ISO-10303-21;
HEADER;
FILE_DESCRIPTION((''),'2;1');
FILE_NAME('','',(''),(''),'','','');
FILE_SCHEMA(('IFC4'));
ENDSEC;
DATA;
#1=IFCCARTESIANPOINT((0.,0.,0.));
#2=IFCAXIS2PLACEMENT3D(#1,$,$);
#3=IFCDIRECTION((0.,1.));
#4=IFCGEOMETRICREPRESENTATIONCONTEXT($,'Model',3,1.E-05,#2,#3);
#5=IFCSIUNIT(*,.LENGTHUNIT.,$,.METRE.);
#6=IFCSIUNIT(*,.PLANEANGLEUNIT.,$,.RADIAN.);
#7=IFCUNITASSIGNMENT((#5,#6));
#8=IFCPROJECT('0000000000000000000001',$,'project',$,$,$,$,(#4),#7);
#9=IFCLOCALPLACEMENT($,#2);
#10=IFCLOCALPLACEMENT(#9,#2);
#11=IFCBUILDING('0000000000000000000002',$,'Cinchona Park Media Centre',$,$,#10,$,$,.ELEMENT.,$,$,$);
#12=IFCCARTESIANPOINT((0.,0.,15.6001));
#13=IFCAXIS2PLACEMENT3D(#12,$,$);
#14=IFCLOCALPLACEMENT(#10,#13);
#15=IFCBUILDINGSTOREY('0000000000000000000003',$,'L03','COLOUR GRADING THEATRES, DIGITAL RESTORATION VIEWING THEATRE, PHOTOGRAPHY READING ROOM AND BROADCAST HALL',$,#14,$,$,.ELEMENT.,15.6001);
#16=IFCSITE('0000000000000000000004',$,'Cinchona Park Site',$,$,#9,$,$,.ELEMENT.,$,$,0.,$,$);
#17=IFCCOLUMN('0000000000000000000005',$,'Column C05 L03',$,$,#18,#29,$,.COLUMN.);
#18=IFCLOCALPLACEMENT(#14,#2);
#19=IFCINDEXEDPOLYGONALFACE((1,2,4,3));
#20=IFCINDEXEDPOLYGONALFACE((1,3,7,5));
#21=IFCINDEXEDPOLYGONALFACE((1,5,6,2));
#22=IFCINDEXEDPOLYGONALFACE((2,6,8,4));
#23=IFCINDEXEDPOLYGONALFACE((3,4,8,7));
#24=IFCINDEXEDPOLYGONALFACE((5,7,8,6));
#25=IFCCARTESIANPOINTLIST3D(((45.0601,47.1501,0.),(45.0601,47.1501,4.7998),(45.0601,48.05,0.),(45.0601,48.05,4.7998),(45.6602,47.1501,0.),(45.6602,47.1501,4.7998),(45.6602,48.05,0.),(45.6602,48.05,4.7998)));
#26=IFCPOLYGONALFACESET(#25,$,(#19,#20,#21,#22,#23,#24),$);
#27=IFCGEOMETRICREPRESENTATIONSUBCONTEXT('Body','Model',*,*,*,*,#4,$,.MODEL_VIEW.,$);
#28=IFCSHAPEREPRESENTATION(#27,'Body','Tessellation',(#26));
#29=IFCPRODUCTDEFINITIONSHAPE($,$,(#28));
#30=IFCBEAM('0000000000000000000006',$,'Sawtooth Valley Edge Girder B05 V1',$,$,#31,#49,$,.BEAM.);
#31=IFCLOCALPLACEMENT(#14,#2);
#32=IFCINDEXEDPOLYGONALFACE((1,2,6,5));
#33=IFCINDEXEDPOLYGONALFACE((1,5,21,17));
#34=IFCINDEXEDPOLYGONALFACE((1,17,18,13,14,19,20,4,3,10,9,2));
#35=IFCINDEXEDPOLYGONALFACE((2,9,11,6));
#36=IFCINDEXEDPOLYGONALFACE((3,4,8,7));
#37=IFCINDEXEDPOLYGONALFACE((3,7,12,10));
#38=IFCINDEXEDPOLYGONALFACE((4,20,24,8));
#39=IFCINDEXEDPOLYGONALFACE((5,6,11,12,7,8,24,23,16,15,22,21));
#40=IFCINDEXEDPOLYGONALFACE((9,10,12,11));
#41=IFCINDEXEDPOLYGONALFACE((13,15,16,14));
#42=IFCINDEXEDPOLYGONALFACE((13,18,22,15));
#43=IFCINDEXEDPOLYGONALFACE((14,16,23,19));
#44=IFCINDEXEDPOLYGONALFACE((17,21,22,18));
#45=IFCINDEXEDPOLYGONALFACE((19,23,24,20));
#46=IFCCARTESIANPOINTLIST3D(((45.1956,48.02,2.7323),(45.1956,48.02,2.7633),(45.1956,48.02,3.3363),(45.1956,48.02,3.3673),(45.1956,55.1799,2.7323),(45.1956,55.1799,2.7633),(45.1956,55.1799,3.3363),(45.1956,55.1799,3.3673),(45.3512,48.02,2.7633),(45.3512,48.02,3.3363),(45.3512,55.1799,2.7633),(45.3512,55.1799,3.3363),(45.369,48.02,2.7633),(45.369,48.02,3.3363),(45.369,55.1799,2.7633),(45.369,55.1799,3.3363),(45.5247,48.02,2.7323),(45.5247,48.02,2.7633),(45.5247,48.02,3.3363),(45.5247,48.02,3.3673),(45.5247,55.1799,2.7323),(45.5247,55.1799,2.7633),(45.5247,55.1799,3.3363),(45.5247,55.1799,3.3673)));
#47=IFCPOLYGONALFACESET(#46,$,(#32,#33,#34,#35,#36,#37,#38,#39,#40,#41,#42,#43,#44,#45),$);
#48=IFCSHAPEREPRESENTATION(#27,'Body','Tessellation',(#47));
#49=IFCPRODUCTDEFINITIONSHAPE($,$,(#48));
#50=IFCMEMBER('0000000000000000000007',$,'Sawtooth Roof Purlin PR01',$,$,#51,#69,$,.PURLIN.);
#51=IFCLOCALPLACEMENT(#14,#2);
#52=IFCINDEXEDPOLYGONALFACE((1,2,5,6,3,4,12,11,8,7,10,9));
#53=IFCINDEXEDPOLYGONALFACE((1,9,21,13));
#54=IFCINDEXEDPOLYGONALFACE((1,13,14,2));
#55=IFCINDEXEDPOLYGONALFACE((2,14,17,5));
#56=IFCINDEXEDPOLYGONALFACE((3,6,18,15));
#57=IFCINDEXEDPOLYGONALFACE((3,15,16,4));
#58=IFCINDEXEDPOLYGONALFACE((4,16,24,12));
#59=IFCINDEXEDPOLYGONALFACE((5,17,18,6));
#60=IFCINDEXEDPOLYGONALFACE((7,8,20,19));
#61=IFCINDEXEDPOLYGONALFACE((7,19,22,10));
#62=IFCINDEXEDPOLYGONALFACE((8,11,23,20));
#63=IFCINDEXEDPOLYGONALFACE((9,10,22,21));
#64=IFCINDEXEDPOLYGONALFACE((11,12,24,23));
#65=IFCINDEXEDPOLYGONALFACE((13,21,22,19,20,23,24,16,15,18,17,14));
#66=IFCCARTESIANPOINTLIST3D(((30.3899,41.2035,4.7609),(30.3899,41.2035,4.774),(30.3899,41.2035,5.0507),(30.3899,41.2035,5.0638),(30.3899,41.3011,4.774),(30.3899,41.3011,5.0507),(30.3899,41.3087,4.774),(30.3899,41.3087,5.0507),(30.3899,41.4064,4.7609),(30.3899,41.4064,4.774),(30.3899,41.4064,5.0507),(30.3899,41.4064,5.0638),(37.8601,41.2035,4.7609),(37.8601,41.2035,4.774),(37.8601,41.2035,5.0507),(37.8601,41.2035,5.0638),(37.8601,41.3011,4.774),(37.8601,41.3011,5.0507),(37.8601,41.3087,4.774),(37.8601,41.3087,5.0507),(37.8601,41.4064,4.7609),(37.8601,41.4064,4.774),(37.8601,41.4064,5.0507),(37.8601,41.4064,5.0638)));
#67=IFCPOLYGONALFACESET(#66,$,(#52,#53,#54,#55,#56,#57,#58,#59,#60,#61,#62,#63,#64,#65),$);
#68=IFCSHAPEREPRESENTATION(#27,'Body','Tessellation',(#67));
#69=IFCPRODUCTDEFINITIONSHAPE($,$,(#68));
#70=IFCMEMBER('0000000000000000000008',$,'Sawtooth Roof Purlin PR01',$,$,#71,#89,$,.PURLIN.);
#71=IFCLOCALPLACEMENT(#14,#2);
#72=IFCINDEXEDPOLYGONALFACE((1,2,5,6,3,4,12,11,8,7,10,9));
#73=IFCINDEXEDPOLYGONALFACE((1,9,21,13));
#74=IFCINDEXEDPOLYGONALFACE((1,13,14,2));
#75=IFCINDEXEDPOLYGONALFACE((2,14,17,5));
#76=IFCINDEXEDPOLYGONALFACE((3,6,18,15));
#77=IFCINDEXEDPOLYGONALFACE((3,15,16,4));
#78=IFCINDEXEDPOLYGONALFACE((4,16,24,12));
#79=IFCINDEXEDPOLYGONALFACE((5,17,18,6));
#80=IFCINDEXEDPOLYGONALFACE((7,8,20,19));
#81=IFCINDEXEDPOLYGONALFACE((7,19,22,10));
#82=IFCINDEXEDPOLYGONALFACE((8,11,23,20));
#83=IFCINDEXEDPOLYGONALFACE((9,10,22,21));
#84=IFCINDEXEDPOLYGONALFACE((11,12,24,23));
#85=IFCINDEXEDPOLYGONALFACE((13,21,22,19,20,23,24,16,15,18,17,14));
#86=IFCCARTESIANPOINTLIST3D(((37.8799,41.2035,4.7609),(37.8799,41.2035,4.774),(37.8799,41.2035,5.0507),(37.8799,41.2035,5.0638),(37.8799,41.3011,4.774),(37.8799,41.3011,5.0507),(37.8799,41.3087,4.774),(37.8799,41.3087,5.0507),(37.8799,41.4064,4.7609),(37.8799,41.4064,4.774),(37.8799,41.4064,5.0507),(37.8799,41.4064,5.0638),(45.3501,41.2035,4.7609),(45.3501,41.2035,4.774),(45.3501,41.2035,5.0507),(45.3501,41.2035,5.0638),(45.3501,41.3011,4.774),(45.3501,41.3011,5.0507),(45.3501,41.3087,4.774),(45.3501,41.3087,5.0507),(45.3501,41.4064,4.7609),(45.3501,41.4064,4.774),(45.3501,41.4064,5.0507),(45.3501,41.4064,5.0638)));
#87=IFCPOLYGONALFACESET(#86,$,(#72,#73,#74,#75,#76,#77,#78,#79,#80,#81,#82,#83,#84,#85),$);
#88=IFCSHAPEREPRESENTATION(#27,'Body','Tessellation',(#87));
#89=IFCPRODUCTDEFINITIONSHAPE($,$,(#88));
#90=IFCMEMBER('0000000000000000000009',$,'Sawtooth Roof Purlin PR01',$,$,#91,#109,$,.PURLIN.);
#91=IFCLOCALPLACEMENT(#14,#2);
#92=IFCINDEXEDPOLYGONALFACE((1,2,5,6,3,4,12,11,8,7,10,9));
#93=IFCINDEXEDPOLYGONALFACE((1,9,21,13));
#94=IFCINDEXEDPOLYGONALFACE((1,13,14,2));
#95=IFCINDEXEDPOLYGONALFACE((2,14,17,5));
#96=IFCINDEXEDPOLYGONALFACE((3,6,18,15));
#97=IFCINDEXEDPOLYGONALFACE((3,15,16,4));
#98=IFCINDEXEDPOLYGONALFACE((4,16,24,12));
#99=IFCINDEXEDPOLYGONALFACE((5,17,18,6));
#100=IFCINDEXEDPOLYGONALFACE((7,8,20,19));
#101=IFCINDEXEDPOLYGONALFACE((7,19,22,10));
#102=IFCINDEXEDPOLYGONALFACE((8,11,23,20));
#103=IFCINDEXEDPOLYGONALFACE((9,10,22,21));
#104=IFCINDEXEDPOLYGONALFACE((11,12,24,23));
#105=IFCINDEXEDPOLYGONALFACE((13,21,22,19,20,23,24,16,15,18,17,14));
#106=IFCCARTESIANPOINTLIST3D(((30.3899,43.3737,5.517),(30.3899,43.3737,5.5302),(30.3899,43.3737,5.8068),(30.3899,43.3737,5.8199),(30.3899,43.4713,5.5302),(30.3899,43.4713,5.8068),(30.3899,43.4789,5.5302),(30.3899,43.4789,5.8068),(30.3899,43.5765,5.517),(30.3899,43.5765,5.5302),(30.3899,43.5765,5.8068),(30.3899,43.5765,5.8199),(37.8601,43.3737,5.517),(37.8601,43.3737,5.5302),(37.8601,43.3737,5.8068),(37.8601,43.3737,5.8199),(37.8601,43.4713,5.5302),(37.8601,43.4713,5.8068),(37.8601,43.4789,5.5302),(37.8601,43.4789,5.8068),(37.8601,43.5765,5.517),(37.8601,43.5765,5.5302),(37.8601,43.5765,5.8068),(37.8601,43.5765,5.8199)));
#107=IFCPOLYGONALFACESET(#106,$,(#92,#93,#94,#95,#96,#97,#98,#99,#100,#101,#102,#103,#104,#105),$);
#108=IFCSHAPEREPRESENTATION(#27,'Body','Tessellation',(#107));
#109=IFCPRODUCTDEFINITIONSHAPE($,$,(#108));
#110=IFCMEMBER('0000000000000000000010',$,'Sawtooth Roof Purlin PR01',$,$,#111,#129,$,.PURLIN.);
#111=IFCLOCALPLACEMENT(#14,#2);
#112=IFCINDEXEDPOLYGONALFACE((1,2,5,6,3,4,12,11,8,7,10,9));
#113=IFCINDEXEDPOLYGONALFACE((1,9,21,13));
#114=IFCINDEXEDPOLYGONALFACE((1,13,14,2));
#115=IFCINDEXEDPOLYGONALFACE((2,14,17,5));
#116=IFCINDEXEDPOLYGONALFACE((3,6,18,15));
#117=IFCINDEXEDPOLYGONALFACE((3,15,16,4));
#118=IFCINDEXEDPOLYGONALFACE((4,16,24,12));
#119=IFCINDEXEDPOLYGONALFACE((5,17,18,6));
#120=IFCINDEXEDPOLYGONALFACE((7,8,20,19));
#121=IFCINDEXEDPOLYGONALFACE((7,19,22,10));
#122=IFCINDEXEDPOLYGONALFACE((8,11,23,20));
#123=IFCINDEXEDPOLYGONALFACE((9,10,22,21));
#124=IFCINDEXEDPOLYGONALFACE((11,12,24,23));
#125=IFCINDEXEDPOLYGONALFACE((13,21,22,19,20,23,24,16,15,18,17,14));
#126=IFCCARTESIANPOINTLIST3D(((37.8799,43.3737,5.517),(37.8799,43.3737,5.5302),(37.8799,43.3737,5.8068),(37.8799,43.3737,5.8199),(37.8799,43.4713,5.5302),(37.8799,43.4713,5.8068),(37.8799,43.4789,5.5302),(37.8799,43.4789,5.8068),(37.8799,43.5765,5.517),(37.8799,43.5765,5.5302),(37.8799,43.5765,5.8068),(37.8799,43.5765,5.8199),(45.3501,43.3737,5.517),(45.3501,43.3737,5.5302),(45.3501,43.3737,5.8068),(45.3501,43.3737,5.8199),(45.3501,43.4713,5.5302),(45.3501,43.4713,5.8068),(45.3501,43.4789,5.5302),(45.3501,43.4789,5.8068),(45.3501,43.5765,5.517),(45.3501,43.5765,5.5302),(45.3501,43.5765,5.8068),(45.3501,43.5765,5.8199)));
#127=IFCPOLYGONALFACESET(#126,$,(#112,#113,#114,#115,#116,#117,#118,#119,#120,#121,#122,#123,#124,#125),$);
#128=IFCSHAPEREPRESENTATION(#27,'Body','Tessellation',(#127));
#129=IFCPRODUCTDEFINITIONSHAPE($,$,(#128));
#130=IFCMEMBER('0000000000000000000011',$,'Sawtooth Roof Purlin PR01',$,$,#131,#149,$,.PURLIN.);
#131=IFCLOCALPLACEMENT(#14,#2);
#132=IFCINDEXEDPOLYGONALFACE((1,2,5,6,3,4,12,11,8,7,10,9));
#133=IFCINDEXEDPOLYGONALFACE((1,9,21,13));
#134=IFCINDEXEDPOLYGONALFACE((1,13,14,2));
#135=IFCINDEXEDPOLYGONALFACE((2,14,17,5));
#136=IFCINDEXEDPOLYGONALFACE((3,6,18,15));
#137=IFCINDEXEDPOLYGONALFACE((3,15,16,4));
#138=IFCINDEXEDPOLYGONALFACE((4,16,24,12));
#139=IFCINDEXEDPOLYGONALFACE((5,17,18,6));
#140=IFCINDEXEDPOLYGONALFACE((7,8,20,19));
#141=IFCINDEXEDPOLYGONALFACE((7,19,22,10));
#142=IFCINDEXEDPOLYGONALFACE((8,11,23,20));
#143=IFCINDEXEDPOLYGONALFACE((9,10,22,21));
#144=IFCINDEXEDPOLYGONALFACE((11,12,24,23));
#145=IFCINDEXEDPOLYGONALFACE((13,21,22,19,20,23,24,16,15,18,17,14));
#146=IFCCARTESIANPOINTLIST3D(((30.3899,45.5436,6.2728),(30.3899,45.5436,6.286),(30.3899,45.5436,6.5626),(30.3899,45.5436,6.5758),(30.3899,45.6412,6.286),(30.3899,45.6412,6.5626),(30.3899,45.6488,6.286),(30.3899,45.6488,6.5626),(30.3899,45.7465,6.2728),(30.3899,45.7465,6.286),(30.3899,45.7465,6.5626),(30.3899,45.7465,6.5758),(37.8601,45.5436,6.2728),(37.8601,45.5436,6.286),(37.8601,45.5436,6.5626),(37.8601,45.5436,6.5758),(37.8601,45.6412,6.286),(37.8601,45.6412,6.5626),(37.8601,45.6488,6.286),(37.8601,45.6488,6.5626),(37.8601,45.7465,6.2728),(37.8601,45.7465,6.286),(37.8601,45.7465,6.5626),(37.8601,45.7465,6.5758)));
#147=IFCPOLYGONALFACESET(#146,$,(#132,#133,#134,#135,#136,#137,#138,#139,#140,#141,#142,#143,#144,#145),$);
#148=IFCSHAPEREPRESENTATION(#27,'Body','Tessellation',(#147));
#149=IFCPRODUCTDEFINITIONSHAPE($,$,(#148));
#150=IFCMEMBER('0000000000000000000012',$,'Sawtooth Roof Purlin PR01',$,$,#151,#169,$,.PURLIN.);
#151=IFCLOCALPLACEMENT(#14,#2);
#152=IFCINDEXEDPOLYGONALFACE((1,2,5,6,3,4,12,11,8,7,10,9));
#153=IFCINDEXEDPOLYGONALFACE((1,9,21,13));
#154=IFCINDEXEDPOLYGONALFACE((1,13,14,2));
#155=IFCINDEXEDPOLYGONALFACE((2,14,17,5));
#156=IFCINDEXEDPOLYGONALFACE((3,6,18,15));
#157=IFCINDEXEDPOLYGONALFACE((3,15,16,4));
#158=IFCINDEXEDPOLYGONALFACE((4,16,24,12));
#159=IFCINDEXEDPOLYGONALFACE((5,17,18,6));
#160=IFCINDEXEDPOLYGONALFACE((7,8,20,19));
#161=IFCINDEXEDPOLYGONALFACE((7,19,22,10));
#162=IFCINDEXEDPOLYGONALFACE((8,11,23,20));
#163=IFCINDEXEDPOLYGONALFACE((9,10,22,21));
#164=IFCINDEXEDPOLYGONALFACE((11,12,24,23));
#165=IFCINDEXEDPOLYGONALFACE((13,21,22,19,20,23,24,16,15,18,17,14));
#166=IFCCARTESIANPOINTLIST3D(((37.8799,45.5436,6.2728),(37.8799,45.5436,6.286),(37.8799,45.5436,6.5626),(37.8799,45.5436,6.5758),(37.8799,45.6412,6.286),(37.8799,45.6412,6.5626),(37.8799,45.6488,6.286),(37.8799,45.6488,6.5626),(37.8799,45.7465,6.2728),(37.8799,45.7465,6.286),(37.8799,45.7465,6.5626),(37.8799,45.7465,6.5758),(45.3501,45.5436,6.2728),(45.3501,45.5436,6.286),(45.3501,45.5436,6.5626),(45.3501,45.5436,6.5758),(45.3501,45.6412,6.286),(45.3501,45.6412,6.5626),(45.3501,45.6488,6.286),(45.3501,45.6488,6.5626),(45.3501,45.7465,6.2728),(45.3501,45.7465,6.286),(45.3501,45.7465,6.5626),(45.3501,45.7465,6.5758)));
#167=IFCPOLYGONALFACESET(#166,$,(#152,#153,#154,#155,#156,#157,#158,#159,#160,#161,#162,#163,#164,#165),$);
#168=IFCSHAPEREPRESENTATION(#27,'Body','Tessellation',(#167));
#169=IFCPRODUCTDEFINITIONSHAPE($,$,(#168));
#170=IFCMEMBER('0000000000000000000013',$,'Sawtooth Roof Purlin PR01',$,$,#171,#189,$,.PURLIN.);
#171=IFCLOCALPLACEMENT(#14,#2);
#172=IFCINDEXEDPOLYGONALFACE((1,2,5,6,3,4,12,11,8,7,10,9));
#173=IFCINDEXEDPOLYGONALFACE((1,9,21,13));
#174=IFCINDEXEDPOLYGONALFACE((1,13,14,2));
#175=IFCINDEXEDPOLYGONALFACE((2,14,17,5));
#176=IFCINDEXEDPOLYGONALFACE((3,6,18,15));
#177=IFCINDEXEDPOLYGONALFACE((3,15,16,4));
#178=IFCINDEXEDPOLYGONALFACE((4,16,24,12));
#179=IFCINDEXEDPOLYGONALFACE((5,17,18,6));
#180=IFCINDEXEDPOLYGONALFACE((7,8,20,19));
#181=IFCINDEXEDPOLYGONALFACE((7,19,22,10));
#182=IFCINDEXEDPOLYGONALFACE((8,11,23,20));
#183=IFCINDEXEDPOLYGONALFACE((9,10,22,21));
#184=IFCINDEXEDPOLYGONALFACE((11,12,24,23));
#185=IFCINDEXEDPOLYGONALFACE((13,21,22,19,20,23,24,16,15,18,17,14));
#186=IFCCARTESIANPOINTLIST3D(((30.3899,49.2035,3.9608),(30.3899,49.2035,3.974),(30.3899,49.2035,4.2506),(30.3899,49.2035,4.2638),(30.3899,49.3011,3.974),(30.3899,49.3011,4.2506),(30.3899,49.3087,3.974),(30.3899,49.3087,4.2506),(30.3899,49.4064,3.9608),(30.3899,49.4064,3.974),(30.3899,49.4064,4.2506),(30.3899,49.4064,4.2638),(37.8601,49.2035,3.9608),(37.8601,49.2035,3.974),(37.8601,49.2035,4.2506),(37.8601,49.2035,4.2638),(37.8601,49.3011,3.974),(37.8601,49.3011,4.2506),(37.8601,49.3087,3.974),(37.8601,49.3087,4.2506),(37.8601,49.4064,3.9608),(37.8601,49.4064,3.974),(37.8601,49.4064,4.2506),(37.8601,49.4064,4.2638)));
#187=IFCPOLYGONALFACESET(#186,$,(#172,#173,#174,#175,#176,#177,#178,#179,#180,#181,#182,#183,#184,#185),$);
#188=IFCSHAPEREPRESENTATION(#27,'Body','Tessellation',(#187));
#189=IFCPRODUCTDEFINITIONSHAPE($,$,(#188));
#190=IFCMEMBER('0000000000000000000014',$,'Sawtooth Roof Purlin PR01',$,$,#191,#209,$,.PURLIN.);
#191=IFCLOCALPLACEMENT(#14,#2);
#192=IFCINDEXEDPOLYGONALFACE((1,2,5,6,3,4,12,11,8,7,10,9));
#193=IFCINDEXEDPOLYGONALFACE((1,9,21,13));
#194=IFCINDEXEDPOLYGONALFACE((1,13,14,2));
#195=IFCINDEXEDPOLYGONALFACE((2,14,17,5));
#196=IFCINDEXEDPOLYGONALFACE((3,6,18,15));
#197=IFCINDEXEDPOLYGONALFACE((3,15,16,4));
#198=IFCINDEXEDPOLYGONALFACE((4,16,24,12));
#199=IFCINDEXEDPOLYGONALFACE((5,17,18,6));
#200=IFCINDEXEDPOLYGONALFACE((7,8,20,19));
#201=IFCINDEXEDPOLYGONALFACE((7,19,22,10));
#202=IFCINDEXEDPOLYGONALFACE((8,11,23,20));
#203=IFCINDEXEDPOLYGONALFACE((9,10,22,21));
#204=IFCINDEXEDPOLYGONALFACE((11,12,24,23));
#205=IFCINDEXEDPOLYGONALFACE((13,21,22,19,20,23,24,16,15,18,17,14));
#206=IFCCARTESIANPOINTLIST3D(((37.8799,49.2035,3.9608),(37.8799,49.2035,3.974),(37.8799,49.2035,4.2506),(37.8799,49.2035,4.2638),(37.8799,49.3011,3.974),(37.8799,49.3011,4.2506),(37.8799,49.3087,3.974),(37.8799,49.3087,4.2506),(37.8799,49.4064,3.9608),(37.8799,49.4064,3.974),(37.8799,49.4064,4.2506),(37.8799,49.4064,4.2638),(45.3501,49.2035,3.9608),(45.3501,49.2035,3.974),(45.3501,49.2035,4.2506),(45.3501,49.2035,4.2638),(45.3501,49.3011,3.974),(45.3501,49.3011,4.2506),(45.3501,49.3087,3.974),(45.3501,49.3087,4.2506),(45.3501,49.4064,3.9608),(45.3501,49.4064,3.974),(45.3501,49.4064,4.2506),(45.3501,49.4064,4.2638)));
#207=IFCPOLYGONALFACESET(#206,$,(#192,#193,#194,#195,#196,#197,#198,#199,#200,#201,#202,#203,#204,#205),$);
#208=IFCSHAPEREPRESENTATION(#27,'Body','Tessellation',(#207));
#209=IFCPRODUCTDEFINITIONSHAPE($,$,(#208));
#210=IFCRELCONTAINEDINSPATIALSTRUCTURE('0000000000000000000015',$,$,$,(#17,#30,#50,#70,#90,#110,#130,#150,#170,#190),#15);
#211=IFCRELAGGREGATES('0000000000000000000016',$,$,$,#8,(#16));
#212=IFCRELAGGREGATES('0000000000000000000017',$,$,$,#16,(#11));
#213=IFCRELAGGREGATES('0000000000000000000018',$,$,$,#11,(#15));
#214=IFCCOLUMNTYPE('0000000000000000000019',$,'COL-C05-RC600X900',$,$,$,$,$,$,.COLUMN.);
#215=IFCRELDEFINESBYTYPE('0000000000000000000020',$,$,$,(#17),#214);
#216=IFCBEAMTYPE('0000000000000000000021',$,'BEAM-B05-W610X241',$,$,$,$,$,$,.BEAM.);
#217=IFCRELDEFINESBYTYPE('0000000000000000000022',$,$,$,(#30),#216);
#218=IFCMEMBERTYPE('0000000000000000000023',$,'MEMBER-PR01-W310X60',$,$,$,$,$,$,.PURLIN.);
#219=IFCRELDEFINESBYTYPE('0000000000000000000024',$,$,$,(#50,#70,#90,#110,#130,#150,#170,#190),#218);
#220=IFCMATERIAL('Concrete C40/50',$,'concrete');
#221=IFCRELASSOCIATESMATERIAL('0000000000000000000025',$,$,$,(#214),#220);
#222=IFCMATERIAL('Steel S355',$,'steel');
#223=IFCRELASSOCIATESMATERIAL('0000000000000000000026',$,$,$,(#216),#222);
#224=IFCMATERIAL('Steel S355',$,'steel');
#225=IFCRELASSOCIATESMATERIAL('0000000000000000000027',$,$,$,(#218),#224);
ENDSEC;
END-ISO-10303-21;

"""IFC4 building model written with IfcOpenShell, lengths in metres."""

from ifc_helpers import new_model, si_unit, direction, frame, origin, origin_2d, place, context, subcontext, project, spatial, rectangle, i_section, extrude, material, material_profile, profile_set, type_object, element, save


model = new_model("IFC4")

# Units and contexts
model_context = context("Model", 3, precision=1e-05, world=origin(), true_north=direction((0.0, 1.0)))
body_context = subcontext(model_context, "Body", "Model", "MODEL_VIEW")
ifc_project = project(units=[si_unit("LENGTHUNIT", "METRE"), si_unit("PLANEANGLEUNIT", "RADIAN")], contexts=[model_context])

# Site, building, storey
site_placement = place(None, origin())
site = spatial("IfcSite", under=ifc_project, at=site_placement, Name="Cinchona Park Site", CompositionType="ELEMENT", RefElevation=0.0)
building_placement = place(site_placement, origin())
building = spatial("IfcBuilding", under=site, at=building_placement, Name="Cinchona Park Media Centre", CompositionType="ELEMENT")
storey_placement = place(building_placement, frame((0.0, 0.0, 15.6001)))
storey = spatial("IfcBuildingStorey", under=building, at=storey_placement, Name="L03", Description="COLOUR GRADING THEATRES, DIGITAL RESTORATION VIEWING THEATRE, PHOTOGRAPHY READING ROOM AND BROADCAST HALL", CompositionType="ELEMENT", Elevation=15.6001)

# Column
ifc_material_1 = material(Name="Concrete C40/50", Category="concrete")
ifc_material_profile_1 = material_profile(ifc_material_1, rectangle(XDim=0.6001, YDim=0.8999, at=origin_2d()), Name="RC 600X900")
ifc_profile_set_1 = profile_set([ifc_material_profile_1], Name="Concrete C40/50")
column_type = type_object("IfcColumnType", Name="COL-C05-RC600X900", PredefinedType="COLUMN", material=ifc_profile_set_1)
column_placement = place(storey_placement, frame((45.3601, 47.6001, 0.0), z_axis=(0.0, 0.0, 1.0), x_axis=(1.0, 0.0, 0.0)))
element("IfcColumn", 1, at=column_placement, inside=storey, type_object=column_type, Name="Column C05 L03", PredefinedType="COLUMN", context=body_context, shape_type="SweptSolid", body=[
    extrude(rectangle(XDim=0.6001, YDim=0.8999, at=origin_2d()), origin(), (0.0, 0.0, 1.0), 4.7998),
])

# Beam
ifc_material_2 = material(Name="Steel S355", Category="steel")
ifc_material_profile_2 = material_profile(ifc_material_2, i_section(OverallWidth=0.3291, OverallDepth=0.635, WebThickness=0.0178, FlangeThickness=0.031, at=origin_2d()), Name="W610X241")
ifc_profile_set_2 = profile_set([ifc_material_profile_2], Name="Steel S355")
beam_type = type_object("IfcBeamType", Name="BEAM-B05-W610X241", PredefinedType="BEAM", material=ifc_profile_set_2)
beam_placement = place(storey_placement, frame((45.3601, 48.02, 3.0498), z_axis=(0.0, 1.0, 0.0), x_axis=(-1.0, 0.0, 0.0)))
element("IfcBeam", 2, at=beam_placement, inside=storey, type_object=beam_type, Name="Sawtooth Valley Edge Girder B05 V1", PredefinedType="BEAM", context=body_context, shape_type="SweptSolid", body=[
    extrude(i_section(OverallWidth=0.3291, OverallDepth=0.635, WebThickness=0.0178, FlangeThickness=0.031, at=origin_2d()), origin(), (0.0, 0.0, 1.0), 7.1599),
])

# Members
ifc_material_3 = material(Name="Steel S355", Category="steel")
ifc_material_profile_3 = material_profile(ifc_material_3, i_section(OverallWidth=0.2029, OverallDepth=0.303, WebThickness=0.0076, FlangeThickness=0.0132, at=origin_2d()), Name="W310X60")
ifc_profile_set_3 = profile_set([ifc_material_profile_3], Name="Steel S355")
member_type_1 = type_object("IfcMemberType", Name="MEMBER-PR01-W310X60", PredefinedType="PURLIN", material=ifc_profile_set_3)
for number, where, z_axis, x_axis, name in (
    (3, (30.3899, 41.3049, 4.9124), (1.0, 0.0, 0.0), (0.0, 1.0, 0.0), "Sawtooth Roof Purlin PR01"),
    (4, (37.8799, 41.3049, 4.9124), (1.0, 0.0, 0.0), (0.0, 1.0, 0.0), "Sawtooth Roof Purlin PR01"),
    (5, (30.3899, 43.4751, 5.6685), (1.0, 0.0, 0.0), (0.0, 1.0, 0.0), "Sawtooth Roof Purlin PR01"),
    (6, (37.8799, 43.4751, 5.6685), (1.0, 0.0, 0.0), (0.0, 1.0, 0.0), "Sawtooth Roof Purlin PR01"),
    (7, (30.3899, 45.645, 6.4243), (1.0, 0.0, 0.0), (0.0, 1.0, 0.0), "Sawtooth Roof Purlin PR01"),
    (8, (37.8799, 45.645, 6.4243), (1.0, 0.0, 0.0), (0.0, 1.0, 0.0), "Sawtooth Roof Purlin PR01"),
    (9, (30.3899, 49.3049, 4.1123), (1.0, 0.0, 0.0), (0.0, 1.0, 0.0), "Sawtooth Roof Purlin PR01"),
    (10, (37.8799, 49.3049, 4.1123), (1.0, 0.0, 0.0), (0.0, 1.0, 0.0), "Sawtooth Roof Purlin PR01"),
):
    element("IfcMember", number, at=place(storey_placement, frame(where, z_axis=z_axis, x_axis=x_axis)), inside=storey, type_object=member_type_1, Name=name, PredefinedType="PURLIN", context=body_context, shape_type="SweptSolid", body=[
        extrude(i_section(OverallWidth=0.2029, OverallDepth=0.303, WebThickness=0.0076, FlangeThickness=0.0132, at=origin_2d()), origin(), (0.0, 0.0, 1.0), 7.4702),
    ])

save(model, "model.ifc")
